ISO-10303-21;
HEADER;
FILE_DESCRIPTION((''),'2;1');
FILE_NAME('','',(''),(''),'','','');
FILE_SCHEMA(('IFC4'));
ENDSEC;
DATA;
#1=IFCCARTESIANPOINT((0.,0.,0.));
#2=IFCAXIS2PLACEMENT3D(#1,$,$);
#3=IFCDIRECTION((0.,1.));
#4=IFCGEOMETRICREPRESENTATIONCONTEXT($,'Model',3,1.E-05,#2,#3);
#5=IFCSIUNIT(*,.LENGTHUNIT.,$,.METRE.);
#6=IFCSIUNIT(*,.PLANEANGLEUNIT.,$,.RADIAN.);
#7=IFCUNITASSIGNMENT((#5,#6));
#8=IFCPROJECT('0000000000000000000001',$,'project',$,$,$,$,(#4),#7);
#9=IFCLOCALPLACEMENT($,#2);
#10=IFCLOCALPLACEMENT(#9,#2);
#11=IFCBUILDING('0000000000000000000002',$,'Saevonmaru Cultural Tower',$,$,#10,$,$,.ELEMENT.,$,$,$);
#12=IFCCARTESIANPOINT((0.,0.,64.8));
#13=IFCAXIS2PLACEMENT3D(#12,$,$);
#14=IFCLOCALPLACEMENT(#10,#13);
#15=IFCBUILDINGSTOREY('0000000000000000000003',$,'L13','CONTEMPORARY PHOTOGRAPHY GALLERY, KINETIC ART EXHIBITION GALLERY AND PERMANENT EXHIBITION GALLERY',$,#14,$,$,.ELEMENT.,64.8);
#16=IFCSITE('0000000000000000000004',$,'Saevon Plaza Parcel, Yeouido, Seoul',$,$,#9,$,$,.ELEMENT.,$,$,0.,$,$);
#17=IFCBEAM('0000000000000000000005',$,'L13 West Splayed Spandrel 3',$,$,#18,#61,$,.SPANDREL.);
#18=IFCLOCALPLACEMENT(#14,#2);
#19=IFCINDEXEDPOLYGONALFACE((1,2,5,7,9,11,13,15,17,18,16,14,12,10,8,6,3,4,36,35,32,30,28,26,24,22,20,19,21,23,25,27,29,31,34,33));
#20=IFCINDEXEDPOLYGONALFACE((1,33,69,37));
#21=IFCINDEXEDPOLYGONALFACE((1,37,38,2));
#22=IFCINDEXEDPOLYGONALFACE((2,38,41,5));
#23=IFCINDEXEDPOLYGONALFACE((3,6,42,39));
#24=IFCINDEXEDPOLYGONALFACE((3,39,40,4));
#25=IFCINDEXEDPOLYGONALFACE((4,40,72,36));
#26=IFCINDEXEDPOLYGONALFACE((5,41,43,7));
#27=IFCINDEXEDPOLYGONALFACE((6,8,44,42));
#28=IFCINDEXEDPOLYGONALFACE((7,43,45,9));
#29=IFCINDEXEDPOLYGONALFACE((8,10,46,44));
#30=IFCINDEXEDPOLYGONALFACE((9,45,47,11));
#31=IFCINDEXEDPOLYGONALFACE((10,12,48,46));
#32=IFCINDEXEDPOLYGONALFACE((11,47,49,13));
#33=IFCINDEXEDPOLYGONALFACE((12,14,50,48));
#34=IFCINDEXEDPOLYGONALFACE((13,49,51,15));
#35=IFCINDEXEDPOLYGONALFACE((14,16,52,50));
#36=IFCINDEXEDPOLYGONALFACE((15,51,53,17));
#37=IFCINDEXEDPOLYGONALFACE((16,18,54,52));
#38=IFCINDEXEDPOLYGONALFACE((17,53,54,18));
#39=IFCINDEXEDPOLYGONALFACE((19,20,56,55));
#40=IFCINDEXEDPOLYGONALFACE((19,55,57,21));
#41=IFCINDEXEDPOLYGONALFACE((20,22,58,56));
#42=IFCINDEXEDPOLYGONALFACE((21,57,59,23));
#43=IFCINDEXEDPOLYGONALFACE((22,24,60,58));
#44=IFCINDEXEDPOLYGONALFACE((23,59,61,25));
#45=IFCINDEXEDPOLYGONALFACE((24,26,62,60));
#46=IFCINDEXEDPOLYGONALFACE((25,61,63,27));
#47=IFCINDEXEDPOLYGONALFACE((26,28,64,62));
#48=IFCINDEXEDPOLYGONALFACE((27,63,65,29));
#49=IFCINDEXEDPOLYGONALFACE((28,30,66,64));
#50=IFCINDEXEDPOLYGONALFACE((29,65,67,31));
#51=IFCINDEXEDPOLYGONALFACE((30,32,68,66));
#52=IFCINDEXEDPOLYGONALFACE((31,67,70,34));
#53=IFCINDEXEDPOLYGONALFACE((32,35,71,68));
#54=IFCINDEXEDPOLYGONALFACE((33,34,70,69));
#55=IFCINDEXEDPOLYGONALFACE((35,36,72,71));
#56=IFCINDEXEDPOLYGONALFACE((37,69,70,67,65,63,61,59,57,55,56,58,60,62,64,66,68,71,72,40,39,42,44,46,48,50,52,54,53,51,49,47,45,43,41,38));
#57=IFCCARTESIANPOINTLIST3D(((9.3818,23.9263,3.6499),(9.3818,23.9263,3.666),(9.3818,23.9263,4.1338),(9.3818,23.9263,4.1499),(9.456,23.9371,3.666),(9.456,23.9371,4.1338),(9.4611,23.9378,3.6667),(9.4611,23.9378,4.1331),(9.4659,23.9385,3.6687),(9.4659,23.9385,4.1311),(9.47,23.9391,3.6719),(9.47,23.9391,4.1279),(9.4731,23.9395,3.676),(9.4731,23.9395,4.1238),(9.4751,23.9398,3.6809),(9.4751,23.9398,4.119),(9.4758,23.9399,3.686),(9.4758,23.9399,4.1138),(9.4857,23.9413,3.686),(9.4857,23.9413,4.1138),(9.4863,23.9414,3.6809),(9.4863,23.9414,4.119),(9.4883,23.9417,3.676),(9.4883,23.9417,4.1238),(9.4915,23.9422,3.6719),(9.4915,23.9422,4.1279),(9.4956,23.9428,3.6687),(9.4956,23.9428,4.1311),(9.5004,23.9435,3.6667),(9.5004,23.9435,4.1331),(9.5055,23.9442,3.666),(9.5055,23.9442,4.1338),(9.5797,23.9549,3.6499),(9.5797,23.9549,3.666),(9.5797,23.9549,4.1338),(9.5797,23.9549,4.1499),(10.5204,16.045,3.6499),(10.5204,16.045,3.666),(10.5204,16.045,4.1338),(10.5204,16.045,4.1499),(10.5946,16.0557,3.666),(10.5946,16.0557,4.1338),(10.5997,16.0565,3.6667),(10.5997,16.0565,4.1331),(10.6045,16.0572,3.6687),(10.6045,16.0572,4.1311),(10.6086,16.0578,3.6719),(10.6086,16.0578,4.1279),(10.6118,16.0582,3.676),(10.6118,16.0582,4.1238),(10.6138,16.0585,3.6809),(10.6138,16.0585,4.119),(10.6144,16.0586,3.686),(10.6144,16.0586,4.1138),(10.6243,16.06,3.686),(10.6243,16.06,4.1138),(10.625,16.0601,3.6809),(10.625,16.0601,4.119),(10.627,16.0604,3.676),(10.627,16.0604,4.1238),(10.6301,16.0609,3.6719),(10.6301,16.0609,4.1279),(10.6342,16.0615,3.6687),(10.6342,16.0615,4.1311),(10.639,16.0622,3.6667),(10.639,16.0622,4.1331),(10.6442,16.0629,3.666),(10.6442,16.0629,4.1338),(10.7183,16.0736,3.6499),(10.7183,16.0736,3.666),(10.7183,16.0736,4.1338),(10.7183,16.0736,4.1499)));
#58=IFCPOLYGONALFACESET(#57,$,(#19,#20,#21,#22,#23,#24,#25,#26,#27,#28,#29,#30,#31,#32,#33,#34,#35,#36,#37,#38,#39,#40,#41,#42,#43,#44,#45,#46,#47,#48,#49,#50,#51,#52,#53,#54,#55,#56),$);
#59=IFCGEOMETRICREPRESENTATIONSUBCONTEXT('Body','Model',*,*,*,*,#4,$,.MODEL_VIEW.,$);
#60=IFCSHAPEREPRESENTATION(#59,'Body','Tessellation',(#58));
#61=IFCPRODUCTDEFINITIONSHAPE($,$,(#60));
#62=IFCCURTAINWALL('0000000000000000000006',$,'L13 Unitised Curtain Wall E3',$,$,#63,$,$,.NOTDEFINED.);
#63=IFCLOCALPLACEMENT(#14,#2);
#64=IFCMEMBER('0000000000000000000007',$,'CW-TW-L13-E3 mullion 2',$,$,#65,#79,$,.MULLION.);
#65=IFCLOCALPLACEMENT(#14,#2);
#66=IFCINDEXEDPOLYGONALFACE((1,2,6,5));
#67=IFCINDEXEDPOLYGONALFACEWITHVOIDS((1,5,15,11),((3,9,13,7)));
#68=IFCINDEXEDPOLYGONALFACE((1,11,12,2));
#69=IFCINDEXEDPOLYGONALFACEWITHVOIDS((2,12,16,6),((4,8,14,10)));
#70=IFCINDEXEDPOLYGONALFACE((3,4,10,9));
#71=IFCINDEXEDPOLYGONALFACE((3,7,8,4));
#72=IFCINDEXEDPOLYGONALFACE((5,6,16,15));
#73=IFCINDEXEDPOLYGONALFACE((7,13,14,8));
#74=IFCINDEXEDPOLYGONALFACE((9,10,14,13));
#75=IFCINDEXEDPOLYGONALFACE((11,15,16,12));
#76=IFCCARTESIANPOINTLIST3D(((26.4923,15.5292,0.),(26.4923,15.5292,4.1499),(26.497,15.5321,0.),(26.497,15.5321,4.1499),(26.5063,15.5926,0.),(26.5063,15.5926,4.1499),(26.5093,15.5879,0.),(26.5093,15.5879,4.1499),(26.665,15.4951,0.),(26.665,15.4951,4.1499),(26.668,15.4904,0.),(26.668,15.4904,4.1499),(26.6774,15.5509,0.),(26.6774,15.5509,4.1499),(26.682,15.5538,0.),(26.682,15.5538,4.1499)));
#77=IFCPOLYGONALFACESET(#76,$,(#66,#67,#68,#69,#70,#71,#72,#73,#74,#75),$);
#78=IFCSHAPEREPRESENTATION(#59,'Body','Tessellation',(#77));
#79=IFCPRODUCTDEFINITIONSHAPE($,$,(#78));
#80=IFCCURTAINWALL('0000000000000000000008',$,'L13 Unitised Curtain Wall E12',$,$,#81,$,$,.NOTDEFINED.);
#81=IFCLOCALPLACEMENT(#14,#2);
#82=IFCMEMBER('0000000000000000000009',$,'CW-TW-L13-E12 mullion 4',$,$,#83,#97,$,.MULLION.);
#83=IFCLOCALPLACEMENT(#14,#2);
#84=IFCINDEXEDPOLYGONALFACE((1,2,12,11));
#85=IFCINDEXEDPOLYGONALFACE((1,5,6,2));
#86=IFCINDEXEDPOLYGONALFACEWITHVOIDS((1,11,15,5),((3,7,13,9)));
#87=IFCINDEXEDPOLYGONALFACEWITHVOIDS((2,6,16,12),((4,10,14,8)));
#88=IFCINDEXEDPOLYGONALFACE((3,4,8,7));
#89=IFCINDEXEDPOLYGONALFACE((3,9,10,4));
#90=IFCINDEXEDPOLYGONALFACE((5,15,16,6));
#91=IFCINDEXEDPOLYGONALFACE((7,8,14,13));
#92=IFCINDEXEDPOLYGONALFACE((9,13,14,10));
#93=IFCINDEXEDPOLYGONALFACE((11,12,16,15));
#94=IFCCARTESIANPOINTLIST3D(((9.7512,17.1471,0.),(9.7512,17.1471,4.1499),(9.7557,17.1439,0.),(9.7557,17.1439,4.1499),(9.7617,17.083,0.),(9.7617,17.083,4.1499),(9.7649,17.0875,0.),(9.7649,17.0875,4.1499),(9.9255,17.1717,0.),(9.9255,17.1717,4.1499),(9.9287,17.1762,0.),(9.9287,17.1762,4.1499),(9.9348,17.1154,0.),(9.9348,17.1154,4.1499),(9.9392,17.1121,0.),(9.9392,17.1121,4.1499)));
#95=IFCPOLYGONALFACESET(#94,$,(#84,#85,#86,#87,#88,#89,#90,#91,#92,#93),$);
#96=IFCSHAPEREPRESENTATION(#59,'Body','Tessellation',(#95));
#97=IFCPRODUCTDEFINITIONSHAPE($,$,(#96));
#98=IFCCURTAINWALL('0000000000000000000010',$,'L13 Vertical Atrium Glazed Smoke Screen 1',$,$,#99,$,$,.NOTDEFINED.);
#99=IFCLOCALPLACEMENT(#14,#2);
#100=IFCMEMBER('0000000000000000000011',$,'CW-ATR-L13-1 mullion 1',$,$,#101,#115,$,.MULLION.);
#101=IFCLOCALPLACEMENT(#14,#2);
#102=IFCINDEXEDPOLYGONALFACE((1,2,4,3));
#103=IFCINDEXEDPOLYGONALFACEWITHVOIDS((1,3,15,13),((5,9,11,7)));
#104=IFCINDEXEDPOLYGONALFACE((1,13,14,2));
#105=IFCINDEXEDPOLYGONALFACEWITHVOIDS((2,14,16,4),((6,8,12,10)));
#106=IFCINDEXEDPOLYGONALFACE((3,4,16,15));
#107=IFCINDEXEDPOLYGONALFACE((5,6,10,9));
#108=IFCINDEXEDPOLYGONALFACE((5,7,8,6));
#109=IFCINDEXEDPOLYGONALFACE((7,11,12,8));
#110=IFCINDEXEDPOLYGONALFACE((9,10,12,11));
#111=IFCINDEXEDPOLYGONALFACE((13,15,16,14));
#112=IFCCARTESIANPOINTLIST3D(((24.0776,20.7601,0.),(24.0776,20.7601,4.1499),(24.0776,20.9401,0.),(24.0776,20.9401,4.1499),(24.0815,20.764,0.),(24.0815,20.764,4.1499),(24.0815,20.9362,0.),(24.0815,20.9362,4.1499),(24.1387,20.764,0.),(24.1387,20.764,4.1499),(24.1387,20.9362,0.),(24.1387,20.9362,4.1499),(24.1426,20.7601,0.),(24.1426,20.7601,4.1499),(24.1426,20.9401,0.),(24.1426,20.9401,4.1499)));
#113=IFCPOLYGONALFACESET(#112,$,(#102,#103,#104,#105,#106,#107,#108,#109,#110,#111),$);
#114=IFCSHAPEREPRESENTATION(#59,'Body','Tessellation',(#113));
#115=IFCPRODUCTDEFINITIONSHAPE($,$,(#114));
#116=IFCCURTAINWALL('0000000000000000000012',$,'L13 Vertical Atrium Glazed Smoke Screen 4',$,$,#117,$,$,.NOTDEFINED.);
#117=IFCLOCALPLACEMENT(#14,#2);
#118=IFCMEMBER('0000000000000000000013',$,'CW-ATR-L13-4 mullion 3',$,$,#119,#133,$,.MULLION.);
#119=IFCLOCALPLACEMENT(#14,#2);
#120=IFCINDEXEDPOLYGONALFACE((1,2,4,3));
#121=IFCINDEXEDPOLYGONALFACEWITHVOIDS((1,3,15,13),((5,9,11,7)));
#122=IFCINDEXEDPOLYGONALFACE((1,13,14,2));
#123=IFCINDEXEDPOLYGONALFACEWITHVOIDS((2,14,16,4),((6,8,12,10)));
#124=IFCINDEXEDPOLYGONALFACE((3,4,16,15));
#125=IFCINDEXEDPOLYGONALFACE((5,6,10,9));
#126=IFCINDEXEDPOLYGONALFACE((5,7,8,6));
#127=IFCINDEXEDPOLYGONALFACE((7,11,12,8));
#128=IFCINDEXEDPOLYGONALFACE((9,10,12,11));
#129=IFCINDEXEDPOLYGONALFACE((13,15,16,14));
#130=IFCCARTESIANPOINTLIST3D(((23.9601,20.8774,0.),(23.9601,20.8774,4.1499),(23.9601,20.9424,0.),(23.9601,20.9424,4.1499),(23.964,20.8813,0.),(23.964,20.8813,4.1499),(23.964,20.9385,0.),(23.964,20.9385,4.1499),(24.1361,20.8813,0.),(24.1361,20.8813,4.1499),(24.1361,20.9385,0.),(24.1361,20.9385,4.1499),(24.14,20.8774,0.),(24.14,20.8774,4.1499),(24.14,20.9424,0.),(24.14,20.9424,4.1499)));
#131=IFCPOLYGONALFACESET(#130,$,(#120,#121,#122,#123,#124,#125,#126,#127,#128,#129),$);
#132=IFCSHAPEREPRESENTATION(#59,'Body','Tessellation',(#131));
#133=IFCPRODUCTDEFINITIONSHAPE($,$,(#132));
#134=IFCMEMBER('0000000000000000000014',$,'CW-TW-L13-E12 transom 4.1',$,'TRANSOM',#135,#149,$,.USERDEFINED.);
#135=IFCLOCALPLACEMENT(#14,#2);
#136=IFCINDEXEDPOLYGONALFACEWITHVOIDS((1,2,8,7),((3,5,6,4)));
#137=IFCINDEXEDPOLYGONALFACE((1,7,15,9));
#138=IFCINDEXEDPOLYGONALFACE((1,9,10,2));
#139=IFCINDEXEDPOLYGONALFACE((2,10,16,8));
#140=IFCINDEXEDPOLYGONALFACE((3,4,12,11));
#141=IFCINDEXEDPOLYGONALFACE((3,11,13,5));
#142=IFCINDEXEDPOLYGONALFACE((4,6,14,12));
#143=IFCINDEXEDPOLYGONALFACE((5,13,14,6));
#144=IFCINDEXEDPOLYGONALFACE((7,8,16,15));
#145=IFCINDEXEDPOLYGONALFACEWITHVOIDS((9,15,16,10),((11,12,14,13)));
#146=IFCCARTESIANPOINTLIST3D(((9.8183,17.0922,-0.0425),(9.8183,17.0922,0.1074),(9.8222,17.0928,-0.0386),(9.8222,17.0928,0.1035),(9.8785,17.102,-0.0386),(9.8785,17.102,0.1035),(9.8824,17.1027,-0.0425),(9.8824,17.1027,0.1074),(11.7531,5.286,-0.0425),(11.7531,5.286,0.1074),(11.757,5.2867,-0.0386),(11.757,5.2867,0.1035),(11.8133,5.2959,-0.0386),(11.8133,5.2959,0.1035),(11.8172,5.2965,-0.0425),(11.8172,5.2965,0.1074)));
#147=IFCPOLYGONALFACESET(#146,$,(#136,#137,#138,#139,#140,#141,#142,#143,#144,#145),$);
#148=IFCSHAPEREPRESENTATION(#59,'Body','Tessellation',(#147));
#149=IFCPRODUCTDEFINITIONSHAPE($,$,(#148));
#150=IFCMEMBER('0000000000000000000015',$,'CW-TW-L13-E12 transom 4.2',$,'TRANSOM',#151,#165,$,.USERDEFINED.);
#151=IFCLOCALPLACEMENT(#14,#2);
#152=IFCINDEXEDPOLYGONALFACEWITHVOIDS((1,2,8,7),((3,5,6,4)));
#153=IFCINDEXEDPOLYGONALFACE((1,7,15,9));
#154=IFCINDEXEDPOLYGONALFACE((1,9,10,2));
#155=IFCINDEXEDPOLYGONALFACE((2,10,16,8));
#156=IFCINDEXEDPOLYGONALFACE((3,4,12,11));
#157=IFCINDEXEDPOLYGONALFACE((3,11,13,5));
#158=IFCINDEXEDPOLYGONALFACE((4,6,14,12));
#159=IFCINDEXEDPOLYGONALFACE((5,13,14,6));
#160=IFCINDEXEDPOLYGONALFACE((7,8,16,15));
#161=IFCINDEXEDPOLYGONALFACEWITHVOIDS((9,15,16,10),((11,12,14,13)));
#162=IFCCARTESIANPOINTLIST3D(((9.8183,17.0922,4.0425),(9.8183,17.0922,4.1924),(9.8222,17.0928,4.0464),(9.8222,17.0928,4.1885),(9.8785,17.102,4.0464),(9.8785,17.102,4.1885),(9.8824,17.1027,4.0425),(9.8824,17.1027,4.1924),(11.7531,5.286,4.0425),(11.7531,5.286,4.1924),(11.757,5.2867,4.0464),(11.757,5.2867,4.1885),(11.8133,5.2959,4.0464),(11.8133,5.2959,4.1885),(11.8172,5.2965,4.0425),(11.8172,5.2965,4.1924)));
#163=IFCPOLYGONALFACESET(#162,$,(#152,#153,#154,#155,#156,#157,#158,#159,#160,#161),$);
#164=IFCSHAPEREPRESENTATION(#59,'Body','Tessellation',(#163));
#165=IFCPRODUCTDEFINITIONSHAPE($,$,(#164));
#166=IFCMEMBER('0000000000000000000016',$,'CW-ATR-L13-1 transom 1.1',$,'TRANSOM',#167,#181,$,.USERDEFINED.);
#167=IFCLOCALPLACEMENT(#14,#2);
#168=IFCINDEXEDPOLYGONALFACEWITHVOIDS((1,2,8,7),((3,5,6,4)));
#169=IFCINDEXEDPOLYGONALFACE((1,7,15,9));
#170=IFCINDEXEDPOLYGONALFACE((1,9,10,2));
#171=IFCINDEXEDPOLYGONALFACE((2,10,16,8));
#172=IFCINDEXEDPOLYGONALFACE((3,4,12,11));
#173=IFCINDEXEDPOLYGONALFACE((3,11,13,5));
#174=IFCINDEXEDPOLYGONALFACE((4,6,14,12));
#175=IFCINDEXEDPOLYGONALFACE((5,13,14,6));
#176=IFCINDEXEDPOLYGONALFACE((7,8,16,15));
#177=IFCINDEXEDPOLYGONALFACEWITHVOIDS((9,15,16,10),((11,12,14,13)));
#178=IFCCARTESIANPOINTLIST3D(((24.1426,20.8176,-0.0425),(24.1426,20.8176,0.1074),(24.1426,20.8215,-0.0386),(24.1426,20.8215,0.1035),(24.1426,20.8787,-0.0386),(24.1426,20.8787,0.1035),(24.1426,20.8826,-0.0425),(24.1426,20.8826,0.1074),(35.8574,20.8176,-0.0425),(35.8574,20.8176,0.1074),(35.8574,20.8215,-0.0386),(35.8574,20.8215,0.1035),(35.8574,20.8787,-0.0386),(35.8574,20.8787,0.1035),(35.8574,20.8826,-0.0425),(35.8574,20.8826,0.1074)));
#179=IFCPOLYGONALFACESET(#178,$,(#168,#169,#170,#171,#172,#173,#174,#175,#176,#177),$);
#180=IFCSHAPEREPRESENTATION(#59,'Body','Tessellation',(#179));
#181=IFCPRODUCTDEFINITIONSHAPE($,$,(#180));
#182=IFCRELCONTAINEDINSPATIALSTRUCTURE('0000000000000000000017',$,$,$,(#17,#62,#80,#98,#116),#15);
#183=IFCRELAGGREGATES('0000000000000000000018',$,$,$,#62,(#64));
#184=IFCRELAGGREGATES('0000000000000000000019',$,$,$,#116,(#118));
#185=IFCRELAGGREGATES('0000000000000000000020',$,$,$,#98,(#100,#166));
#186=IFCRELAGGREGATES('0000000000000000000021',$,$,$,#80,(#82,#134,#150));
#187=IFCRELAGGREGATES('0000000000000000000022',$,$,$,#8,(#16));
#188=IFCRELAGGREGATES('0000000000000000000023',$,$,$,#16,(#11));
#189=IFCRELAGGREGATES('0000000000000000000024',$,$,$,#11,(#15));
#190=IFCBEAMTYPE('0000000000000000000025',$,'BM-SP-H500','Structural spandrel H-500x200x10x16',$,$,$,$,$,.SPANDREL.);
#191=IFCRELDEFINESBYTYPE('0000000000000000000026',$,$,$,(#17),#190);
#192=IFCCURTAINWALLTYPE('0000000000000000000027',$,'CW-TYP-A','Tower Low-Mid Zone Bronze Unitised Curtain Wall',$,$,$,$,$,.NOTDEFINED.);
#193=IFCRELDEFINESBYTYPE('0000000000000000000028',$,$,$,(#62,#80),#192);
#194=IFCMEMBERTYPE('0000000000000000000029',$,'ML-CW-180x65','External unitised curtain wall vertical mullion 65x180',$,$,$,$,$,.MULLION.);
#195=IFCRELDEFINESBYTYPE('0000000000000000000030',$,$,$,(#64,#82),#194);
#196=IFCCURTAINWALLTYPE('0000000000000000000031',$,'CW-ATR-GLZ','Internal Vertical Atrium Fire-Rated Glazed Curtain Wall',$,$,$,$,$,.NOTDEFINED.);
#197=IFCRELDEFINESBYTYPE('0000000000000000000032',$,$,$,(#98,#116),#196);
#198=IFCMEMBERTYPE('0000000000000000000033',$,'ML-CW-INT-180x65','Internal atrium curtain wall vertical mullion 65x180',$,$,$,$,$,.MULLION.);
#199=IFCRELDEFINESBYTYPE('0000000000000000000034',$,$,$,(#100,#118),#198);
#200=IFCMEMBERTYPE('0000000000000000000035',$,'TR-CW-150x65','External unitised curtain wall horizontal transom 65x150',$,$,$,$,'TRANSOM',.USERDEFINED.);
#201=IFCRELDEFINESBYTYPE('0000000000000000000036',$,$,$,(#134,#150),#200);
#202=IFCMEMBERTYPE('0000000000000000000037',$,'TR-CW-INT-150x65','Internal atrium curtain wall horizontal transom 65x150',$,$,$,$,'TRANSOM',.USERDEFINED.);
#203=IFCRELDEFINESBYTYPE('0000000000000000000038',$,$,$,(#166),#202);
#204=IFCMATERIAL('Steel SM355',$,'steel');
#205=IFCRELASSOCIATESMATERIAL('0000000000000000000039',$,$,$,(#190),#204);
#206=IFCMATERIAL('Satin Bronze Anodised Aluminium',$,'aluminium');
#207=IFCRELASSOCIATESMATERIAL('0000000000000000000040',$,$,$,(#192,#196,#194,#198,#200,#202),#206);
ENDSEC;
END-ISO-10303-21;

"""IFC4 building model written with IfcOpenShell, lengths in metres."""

from ifc_helpers import new_model, si_unit, direction, frame, origin, origin_2d, place, context, subcontext, project, spatial, hollow_rectangle, i_section, extrude, material, material_profile, profile_set, type_object, element, aggregate, save


model = new_model("IFC4")

# Units and contexts
model_context = context("Model", 3, precision=1e-05, world=origin(), true_north=direction((0.0, 1.0)))
body_context = subcontext(model_context, "Body", "Model", "MODEL_VIEW")
ifc_project = project(units=[si_unit("LENGTHUNIT", "METRE"), si_unit("PLANEANGLEUNIT", "RADIAN")], contexts=[model_context])

# Site, building, storey
site_placement = place(None, origin())
site = spatial("IfcSite", under=ifc_project, at=site_placement, Name="Saevon Plaza Parcel, Yeouido, Seoul", CompositionType="ELEMENT", RefElevation=0.0)
building_placement = place(site_placement, origin())
building = spatial("IfcBuilding", under=site, at=building_placement, Name="Saevonmaru Cultural Tower", CompositionType="ELEMENT")
storey_placement = place(building_placement, frame((0.0, 0.0, 64.8)))
storey = spatial("IfcBuildingStorey", under=building, at=storey_placement, Name="L13", Description="CONTEMPORARY PHOTOGRAPHY GALLERY, KINETIC ART EXHIBITION GALLERY AND PERMANENT EXHIBITION GALLERY", CompositionType="ELEMENT", Elevation=64.8)

# Beam
ifc_material_1 = material(Name="Steel SM355", Category="steel")
ifc_material_profile_1 = material_profile(ifc_material_1, i_section(OverallWidth=0.2, OverallDepth=0.5, WebThickness=0.01, FlangeThickness=0.0161, FilletRadius=0.02, at=origin_2d()), Name="H-500x200x10x16")
ifc_profile_set_1 = profile_set([ifc_material_profile_1], Name="Steel SM355")
beam_type_1 = type_object("IfcBeamType", Name="BM-SP-H500", Description="Structural spandrel H-500x200x10x16", PredefinedType="SPANDREL", material=ifc_profile_set_1)
beam_1_placement = place(storey_placement, frame((10.6194, 16.0593, 3.8999), z_axis=(-0.142992, 0.989724, 0.0), x_axis=(-0.989724, -0.142992, 0.0)))
element("IfcBeam", 1, at=beam_1_placement, inside=storey, type_object=beam_type_1, Name="L13 West Splayed Spandrel 3", PredefinedType="SPANDREL", context=body_context, shape_type="SweptSolid", body=[
    extrude(i_section(OverallWidth=0.2, OverallDepth=0.5, WebThickness=0.01, FlangeThickness=0.0161, FilletRadius=0.02, at=origin_2d()), origin(), (0.0, 0.0, 1.0), 7.9631),
])

# Curtain walls, members
ifc_material_2 = material(Name="Satin Bronze Anodised Aluminium", Category="aluminium")
curtain_wall_type_1 = type_object("IfcCurtainWallType", Name="CW-TYP-A", Description="Tower Low-Mid Zone Bronze Unitised Curtain Wall", PredefinedType="NOTDEFINED", material=ifc_material_2)
curtain_wall_1_placement = place(storey_placement, origin())
curtain_wall_1 = element("IfcCurtainWall", 2, at=curtain_wall_1_placement, inside=storey, type_object=curtain_wall_type_1, Name="L13 Unitised Curtain Wall E3", PredefinedType="NOTDEFINED")
ifc_material_profile_2 = material_profile(ifc_material_2, hollow_rectangle(XDim=0.0649, YDim=0.1799, WallThickness=0.0039, at=origin_2d()), Name="ALU-MULL-180x65x4")
ifc_profile_set_2 = profile_set([ifc_material_profile_2], Name="Satin Bronze Anodised Aluminium")
member_type_1 = type_object("IfcMemberType", Name="ML-CW-180x65", Description="External unitised curtain wall vertical mullion 65x180", PredefinedType="MULLION", material=ifc_profile_set_2)
member_1_placement = place(storey_placement, frame((26.5872, 15.5415, 0.0), z_axis=(0.0, 0.0, 1.0), x_axis=(0.215413, 0.976523, 0.0)))
member_1 = element("IfcMember", 3, at=member_1_placement, type_object=member_type_1, Name="CW-TW-L13-E3 mullion 2", PredefinedType="MULLION", context=body_context, shape_type="SweptSolid", body=[
    extrude(hollow_rectangle(XDim=0.0649, YDim=0.1799, WallThickness=0.0039, at=origin_2d()), origin(), (0.0, 0.0, 1.0), 4.1499),
])
aggregate(curtain_wall_1, [member_1])
curtain_wall_2_placement = place(storey_placement, origin())
curtain_wall_2 = element("IfcCurtainWall", 4, at=curtain_wall_2_placement, inside=storey, type_object=curtain_wall_type_1, Name="L13 Unitised Curtain Wall E12", PredefinedType="NOTDEFINED")
member_2_placement = place(storey_placement, frame((9.8452, 17.1296, 0.0), z_axis=(0.0, 0.0, 1.0), x_axis=(0.161709, -0.986839, 0.0)))
member_2 = element("IfcMember", 5, at=member_2_placement, type_object=member_type_1, Name="CW-TW-L13-E12 mullion 4", PredefinedType="MULLION", context=body_context, shape_type="SweptSolid", body=[
    extrude(hollow_rectangle(XDim=0.0649, YDim=0.1799, WallThickness=0.0039, at=origin_2d()), origin(), (0.0, 0.0, 1.0), 4.1499),
])
curtain_wall_type_2 = type_object("IfcCurtainWallType", Name="CW-ATR-GLZ", Description="Internal Vertical Atrium Fire-Rated Glazed Curtain Wall", PredefinedType="NOTDEFINED", material=ifc_material_2)
curtain_wall_3_placement = place(storey_placement, origin())
curtain_wall_3 = element("IfcCurtainWall", 6, at=curtain_wall_3_placement, inside=storey, type_object=curtain_wall_type_2, Name="L13 Vertical Atrium Glazed Smoke Screen 1", PredefinedType="NOTDEFINED")
ifc_material_profile_3 = material_profile(ifc_material_2, hollow_rectangle(XDim=0.0649, YDim=0.1799, WallThickness=0.0039, at=origin_2d()), Name="ALU-MULL-180x65x4")
ifc_profile_set_3 = profile_set([ifc_material_profile_3], Name="Satin Bronze Anodised Aluminium")
member_type_2 = type_object("IfcMemberType", Name="ML-CW-INT-180x65", Description="Internal atrium curtain wall vertical mullion 65x180", PredefinedType="MULLION", material=ifc_profile_set_3)
member_3_placement = place(storey_placement, frame((24.1101, 20.8501, 0.0), z_axis=(0.0, 0.0, 1.0), x_axis=(1.0, 0.0, 0.0)))
member_3 = element("IfcMember", 7, at=member_3_placement, type_object=member_type_2, Name="CW-ATR-L13-1 mullion 1", PredefinedType="MULLION", context=body_context, shape_type="SweptSolid", body=[
    extrude(hollow_rectangle(XDim=0.0649, YDim=0.1799, WallThickness=0.0039, at=origin_2d()), origin(), (0.0, 0.0, 1.0), 4.1499),
])
curtain_wall_4_placement = place(storey_placement, origin())
curtain_wall_4 = element("IfcCurtainWall", 8, at=curtain_wall_4_placement, inside=storey, type_object=curtain_wall_type_2, Name="L13 Vertical Atrium Glazed Smoke Screen 4", PredefinedType="NOTDEFINED")
member_4_placement = place(storey_placement, frame((24.05, 20.9099, 0.0), z_axis=(0.0, 0.0, 1.0), x_axis=(0.0, -1.0, 0.0)))
member_4 = element("IfcMember", 9, at=member_4_placement, type_object=member_type_2, Name="CW-ATR-L13-4 mullion 3", PredefinedType="MULLION", context=body_context, shape_type="SweptSolid", body=[
    extrude(hollow_rectangle(XDim=0.0649, YDim=0.1799, WallThickness=0.0039, at=origin_2d()), origin(), (0.0, 0.0, 1.0), 4.1499),
])
aggregate(curtain_wall_4, [member_4])

# Members
ifc_material_profile_4 = material_profile(ifc_material_2, hollow_rectangle(XDim=0.0649, YDim=0.1499, WallThickness=0.0039, at=origin_2d()), Name="ALU-TRAN-150x65x4")
ifc_profile_set_4 = profile_set([ifc_material_profile_4], Name="Satin Bronze Anodised Aluminium")
member_type_3 = type_object("IfcMemberType", Name="TR-CW-150x65", Description="External unitised curtain wall horizontal transom 65x150", ElementType="TRANSOM", PredefinedType="USERDEFINED", material=ifc_profile_set_4)
member_5_placement = place(storey_placement, frame((9.8503, 17.0974, 0.0325), z_axis=(0.161725, -0.986836, 0.0), x_axis=(0.986836, 0.161725, 0.0)))
member_5 = element("IfcMember", 10, at=member_5_placement, type_object=member_type_3, Name="CW-TW-L13-E12 transom 4.1", ObjectType="TRANSOM", PredefinedType="USERDEFINED", context=body_context, shape_type="SweptSolid", body=[
    extrude(hollow_rectangle(XDim=0.0649, YDim=0.1499, WallThickness=0.0039, at=origin_2d()), origin(), (0.0, 0.0, 1.0), 11.9636),
])
member_6_placement = place(storey_placement, frame((9.8503, 17.0974, 4.1174), z_axis=(0.161725, -0.986836, 0.0), x_axis=(0.986836, 0.161725, 0.0)))
member_6 = element("IfcMember", 11, at=member_6_placement, type_object=member_type_3, Name="CW-TW-L13-E12 transom 4.2", ObjectType="TRANSOM", PredefinedType="USERDEFINED", context=body_context, shape_type="SweptSolid", body=[
    extrude(hollow_rectangle(XDim=0.0649, YDim=0.1499, WallThickness=0.0039, at=origin_2d()), origin(), (0.0, 0.0, 1.0), 11.9636),
])
ifc_material_profile_5 = material_profile(ifc_material_2, hollow_rectangle(XDim=0.0649, YDim=0.1499, WallThickness=0.0039, at=origin_2d()), Name="ALU-TRAN-150x65x4")
ifc_profile_set_5 = profile_set([ifc_material_profile_5], Name="Satin Bronze Anodised Aluminium")
member_type_4 = type_object("IfcMemberType", Name="TR-CW-INT-150x65", Description="Internal atrium curtain wall horizontal transom 65x150", ElementType="TRANSOM", PredefinedType="USERDEFINED", material=ifc_profile_set_5)
member_7_placement = place(storey_placement, frame((24.1426, 20.8501, 0.0325), z_axis=(1.0, 0.0, 0.0), x_axis=(0.0, 1.0, 0.0)))
member_7 = element("IfcMember", 12, at=member_7_placement, type_object=member_type_4, Name="CW-ATR-L13-1 transom 1.1", ObjectType="TRANSOM", PredefinedType="USERDEFINED", context=body_context, shape_type="SweptSolid", body=[
    extrude(hollow_rectangle(XDim=0.0649, YDim=0.1499, WallThickness=0.0039, at=origin_2d()), origin(), (0.0, 0.0, 1.0), 11.7148),
])
aggregate(curtain_wall_3, [member_3, member_7])

aggregate(curtain_wall_2, [member_2, member_5, member_6])

save(model, "model.ifc")
